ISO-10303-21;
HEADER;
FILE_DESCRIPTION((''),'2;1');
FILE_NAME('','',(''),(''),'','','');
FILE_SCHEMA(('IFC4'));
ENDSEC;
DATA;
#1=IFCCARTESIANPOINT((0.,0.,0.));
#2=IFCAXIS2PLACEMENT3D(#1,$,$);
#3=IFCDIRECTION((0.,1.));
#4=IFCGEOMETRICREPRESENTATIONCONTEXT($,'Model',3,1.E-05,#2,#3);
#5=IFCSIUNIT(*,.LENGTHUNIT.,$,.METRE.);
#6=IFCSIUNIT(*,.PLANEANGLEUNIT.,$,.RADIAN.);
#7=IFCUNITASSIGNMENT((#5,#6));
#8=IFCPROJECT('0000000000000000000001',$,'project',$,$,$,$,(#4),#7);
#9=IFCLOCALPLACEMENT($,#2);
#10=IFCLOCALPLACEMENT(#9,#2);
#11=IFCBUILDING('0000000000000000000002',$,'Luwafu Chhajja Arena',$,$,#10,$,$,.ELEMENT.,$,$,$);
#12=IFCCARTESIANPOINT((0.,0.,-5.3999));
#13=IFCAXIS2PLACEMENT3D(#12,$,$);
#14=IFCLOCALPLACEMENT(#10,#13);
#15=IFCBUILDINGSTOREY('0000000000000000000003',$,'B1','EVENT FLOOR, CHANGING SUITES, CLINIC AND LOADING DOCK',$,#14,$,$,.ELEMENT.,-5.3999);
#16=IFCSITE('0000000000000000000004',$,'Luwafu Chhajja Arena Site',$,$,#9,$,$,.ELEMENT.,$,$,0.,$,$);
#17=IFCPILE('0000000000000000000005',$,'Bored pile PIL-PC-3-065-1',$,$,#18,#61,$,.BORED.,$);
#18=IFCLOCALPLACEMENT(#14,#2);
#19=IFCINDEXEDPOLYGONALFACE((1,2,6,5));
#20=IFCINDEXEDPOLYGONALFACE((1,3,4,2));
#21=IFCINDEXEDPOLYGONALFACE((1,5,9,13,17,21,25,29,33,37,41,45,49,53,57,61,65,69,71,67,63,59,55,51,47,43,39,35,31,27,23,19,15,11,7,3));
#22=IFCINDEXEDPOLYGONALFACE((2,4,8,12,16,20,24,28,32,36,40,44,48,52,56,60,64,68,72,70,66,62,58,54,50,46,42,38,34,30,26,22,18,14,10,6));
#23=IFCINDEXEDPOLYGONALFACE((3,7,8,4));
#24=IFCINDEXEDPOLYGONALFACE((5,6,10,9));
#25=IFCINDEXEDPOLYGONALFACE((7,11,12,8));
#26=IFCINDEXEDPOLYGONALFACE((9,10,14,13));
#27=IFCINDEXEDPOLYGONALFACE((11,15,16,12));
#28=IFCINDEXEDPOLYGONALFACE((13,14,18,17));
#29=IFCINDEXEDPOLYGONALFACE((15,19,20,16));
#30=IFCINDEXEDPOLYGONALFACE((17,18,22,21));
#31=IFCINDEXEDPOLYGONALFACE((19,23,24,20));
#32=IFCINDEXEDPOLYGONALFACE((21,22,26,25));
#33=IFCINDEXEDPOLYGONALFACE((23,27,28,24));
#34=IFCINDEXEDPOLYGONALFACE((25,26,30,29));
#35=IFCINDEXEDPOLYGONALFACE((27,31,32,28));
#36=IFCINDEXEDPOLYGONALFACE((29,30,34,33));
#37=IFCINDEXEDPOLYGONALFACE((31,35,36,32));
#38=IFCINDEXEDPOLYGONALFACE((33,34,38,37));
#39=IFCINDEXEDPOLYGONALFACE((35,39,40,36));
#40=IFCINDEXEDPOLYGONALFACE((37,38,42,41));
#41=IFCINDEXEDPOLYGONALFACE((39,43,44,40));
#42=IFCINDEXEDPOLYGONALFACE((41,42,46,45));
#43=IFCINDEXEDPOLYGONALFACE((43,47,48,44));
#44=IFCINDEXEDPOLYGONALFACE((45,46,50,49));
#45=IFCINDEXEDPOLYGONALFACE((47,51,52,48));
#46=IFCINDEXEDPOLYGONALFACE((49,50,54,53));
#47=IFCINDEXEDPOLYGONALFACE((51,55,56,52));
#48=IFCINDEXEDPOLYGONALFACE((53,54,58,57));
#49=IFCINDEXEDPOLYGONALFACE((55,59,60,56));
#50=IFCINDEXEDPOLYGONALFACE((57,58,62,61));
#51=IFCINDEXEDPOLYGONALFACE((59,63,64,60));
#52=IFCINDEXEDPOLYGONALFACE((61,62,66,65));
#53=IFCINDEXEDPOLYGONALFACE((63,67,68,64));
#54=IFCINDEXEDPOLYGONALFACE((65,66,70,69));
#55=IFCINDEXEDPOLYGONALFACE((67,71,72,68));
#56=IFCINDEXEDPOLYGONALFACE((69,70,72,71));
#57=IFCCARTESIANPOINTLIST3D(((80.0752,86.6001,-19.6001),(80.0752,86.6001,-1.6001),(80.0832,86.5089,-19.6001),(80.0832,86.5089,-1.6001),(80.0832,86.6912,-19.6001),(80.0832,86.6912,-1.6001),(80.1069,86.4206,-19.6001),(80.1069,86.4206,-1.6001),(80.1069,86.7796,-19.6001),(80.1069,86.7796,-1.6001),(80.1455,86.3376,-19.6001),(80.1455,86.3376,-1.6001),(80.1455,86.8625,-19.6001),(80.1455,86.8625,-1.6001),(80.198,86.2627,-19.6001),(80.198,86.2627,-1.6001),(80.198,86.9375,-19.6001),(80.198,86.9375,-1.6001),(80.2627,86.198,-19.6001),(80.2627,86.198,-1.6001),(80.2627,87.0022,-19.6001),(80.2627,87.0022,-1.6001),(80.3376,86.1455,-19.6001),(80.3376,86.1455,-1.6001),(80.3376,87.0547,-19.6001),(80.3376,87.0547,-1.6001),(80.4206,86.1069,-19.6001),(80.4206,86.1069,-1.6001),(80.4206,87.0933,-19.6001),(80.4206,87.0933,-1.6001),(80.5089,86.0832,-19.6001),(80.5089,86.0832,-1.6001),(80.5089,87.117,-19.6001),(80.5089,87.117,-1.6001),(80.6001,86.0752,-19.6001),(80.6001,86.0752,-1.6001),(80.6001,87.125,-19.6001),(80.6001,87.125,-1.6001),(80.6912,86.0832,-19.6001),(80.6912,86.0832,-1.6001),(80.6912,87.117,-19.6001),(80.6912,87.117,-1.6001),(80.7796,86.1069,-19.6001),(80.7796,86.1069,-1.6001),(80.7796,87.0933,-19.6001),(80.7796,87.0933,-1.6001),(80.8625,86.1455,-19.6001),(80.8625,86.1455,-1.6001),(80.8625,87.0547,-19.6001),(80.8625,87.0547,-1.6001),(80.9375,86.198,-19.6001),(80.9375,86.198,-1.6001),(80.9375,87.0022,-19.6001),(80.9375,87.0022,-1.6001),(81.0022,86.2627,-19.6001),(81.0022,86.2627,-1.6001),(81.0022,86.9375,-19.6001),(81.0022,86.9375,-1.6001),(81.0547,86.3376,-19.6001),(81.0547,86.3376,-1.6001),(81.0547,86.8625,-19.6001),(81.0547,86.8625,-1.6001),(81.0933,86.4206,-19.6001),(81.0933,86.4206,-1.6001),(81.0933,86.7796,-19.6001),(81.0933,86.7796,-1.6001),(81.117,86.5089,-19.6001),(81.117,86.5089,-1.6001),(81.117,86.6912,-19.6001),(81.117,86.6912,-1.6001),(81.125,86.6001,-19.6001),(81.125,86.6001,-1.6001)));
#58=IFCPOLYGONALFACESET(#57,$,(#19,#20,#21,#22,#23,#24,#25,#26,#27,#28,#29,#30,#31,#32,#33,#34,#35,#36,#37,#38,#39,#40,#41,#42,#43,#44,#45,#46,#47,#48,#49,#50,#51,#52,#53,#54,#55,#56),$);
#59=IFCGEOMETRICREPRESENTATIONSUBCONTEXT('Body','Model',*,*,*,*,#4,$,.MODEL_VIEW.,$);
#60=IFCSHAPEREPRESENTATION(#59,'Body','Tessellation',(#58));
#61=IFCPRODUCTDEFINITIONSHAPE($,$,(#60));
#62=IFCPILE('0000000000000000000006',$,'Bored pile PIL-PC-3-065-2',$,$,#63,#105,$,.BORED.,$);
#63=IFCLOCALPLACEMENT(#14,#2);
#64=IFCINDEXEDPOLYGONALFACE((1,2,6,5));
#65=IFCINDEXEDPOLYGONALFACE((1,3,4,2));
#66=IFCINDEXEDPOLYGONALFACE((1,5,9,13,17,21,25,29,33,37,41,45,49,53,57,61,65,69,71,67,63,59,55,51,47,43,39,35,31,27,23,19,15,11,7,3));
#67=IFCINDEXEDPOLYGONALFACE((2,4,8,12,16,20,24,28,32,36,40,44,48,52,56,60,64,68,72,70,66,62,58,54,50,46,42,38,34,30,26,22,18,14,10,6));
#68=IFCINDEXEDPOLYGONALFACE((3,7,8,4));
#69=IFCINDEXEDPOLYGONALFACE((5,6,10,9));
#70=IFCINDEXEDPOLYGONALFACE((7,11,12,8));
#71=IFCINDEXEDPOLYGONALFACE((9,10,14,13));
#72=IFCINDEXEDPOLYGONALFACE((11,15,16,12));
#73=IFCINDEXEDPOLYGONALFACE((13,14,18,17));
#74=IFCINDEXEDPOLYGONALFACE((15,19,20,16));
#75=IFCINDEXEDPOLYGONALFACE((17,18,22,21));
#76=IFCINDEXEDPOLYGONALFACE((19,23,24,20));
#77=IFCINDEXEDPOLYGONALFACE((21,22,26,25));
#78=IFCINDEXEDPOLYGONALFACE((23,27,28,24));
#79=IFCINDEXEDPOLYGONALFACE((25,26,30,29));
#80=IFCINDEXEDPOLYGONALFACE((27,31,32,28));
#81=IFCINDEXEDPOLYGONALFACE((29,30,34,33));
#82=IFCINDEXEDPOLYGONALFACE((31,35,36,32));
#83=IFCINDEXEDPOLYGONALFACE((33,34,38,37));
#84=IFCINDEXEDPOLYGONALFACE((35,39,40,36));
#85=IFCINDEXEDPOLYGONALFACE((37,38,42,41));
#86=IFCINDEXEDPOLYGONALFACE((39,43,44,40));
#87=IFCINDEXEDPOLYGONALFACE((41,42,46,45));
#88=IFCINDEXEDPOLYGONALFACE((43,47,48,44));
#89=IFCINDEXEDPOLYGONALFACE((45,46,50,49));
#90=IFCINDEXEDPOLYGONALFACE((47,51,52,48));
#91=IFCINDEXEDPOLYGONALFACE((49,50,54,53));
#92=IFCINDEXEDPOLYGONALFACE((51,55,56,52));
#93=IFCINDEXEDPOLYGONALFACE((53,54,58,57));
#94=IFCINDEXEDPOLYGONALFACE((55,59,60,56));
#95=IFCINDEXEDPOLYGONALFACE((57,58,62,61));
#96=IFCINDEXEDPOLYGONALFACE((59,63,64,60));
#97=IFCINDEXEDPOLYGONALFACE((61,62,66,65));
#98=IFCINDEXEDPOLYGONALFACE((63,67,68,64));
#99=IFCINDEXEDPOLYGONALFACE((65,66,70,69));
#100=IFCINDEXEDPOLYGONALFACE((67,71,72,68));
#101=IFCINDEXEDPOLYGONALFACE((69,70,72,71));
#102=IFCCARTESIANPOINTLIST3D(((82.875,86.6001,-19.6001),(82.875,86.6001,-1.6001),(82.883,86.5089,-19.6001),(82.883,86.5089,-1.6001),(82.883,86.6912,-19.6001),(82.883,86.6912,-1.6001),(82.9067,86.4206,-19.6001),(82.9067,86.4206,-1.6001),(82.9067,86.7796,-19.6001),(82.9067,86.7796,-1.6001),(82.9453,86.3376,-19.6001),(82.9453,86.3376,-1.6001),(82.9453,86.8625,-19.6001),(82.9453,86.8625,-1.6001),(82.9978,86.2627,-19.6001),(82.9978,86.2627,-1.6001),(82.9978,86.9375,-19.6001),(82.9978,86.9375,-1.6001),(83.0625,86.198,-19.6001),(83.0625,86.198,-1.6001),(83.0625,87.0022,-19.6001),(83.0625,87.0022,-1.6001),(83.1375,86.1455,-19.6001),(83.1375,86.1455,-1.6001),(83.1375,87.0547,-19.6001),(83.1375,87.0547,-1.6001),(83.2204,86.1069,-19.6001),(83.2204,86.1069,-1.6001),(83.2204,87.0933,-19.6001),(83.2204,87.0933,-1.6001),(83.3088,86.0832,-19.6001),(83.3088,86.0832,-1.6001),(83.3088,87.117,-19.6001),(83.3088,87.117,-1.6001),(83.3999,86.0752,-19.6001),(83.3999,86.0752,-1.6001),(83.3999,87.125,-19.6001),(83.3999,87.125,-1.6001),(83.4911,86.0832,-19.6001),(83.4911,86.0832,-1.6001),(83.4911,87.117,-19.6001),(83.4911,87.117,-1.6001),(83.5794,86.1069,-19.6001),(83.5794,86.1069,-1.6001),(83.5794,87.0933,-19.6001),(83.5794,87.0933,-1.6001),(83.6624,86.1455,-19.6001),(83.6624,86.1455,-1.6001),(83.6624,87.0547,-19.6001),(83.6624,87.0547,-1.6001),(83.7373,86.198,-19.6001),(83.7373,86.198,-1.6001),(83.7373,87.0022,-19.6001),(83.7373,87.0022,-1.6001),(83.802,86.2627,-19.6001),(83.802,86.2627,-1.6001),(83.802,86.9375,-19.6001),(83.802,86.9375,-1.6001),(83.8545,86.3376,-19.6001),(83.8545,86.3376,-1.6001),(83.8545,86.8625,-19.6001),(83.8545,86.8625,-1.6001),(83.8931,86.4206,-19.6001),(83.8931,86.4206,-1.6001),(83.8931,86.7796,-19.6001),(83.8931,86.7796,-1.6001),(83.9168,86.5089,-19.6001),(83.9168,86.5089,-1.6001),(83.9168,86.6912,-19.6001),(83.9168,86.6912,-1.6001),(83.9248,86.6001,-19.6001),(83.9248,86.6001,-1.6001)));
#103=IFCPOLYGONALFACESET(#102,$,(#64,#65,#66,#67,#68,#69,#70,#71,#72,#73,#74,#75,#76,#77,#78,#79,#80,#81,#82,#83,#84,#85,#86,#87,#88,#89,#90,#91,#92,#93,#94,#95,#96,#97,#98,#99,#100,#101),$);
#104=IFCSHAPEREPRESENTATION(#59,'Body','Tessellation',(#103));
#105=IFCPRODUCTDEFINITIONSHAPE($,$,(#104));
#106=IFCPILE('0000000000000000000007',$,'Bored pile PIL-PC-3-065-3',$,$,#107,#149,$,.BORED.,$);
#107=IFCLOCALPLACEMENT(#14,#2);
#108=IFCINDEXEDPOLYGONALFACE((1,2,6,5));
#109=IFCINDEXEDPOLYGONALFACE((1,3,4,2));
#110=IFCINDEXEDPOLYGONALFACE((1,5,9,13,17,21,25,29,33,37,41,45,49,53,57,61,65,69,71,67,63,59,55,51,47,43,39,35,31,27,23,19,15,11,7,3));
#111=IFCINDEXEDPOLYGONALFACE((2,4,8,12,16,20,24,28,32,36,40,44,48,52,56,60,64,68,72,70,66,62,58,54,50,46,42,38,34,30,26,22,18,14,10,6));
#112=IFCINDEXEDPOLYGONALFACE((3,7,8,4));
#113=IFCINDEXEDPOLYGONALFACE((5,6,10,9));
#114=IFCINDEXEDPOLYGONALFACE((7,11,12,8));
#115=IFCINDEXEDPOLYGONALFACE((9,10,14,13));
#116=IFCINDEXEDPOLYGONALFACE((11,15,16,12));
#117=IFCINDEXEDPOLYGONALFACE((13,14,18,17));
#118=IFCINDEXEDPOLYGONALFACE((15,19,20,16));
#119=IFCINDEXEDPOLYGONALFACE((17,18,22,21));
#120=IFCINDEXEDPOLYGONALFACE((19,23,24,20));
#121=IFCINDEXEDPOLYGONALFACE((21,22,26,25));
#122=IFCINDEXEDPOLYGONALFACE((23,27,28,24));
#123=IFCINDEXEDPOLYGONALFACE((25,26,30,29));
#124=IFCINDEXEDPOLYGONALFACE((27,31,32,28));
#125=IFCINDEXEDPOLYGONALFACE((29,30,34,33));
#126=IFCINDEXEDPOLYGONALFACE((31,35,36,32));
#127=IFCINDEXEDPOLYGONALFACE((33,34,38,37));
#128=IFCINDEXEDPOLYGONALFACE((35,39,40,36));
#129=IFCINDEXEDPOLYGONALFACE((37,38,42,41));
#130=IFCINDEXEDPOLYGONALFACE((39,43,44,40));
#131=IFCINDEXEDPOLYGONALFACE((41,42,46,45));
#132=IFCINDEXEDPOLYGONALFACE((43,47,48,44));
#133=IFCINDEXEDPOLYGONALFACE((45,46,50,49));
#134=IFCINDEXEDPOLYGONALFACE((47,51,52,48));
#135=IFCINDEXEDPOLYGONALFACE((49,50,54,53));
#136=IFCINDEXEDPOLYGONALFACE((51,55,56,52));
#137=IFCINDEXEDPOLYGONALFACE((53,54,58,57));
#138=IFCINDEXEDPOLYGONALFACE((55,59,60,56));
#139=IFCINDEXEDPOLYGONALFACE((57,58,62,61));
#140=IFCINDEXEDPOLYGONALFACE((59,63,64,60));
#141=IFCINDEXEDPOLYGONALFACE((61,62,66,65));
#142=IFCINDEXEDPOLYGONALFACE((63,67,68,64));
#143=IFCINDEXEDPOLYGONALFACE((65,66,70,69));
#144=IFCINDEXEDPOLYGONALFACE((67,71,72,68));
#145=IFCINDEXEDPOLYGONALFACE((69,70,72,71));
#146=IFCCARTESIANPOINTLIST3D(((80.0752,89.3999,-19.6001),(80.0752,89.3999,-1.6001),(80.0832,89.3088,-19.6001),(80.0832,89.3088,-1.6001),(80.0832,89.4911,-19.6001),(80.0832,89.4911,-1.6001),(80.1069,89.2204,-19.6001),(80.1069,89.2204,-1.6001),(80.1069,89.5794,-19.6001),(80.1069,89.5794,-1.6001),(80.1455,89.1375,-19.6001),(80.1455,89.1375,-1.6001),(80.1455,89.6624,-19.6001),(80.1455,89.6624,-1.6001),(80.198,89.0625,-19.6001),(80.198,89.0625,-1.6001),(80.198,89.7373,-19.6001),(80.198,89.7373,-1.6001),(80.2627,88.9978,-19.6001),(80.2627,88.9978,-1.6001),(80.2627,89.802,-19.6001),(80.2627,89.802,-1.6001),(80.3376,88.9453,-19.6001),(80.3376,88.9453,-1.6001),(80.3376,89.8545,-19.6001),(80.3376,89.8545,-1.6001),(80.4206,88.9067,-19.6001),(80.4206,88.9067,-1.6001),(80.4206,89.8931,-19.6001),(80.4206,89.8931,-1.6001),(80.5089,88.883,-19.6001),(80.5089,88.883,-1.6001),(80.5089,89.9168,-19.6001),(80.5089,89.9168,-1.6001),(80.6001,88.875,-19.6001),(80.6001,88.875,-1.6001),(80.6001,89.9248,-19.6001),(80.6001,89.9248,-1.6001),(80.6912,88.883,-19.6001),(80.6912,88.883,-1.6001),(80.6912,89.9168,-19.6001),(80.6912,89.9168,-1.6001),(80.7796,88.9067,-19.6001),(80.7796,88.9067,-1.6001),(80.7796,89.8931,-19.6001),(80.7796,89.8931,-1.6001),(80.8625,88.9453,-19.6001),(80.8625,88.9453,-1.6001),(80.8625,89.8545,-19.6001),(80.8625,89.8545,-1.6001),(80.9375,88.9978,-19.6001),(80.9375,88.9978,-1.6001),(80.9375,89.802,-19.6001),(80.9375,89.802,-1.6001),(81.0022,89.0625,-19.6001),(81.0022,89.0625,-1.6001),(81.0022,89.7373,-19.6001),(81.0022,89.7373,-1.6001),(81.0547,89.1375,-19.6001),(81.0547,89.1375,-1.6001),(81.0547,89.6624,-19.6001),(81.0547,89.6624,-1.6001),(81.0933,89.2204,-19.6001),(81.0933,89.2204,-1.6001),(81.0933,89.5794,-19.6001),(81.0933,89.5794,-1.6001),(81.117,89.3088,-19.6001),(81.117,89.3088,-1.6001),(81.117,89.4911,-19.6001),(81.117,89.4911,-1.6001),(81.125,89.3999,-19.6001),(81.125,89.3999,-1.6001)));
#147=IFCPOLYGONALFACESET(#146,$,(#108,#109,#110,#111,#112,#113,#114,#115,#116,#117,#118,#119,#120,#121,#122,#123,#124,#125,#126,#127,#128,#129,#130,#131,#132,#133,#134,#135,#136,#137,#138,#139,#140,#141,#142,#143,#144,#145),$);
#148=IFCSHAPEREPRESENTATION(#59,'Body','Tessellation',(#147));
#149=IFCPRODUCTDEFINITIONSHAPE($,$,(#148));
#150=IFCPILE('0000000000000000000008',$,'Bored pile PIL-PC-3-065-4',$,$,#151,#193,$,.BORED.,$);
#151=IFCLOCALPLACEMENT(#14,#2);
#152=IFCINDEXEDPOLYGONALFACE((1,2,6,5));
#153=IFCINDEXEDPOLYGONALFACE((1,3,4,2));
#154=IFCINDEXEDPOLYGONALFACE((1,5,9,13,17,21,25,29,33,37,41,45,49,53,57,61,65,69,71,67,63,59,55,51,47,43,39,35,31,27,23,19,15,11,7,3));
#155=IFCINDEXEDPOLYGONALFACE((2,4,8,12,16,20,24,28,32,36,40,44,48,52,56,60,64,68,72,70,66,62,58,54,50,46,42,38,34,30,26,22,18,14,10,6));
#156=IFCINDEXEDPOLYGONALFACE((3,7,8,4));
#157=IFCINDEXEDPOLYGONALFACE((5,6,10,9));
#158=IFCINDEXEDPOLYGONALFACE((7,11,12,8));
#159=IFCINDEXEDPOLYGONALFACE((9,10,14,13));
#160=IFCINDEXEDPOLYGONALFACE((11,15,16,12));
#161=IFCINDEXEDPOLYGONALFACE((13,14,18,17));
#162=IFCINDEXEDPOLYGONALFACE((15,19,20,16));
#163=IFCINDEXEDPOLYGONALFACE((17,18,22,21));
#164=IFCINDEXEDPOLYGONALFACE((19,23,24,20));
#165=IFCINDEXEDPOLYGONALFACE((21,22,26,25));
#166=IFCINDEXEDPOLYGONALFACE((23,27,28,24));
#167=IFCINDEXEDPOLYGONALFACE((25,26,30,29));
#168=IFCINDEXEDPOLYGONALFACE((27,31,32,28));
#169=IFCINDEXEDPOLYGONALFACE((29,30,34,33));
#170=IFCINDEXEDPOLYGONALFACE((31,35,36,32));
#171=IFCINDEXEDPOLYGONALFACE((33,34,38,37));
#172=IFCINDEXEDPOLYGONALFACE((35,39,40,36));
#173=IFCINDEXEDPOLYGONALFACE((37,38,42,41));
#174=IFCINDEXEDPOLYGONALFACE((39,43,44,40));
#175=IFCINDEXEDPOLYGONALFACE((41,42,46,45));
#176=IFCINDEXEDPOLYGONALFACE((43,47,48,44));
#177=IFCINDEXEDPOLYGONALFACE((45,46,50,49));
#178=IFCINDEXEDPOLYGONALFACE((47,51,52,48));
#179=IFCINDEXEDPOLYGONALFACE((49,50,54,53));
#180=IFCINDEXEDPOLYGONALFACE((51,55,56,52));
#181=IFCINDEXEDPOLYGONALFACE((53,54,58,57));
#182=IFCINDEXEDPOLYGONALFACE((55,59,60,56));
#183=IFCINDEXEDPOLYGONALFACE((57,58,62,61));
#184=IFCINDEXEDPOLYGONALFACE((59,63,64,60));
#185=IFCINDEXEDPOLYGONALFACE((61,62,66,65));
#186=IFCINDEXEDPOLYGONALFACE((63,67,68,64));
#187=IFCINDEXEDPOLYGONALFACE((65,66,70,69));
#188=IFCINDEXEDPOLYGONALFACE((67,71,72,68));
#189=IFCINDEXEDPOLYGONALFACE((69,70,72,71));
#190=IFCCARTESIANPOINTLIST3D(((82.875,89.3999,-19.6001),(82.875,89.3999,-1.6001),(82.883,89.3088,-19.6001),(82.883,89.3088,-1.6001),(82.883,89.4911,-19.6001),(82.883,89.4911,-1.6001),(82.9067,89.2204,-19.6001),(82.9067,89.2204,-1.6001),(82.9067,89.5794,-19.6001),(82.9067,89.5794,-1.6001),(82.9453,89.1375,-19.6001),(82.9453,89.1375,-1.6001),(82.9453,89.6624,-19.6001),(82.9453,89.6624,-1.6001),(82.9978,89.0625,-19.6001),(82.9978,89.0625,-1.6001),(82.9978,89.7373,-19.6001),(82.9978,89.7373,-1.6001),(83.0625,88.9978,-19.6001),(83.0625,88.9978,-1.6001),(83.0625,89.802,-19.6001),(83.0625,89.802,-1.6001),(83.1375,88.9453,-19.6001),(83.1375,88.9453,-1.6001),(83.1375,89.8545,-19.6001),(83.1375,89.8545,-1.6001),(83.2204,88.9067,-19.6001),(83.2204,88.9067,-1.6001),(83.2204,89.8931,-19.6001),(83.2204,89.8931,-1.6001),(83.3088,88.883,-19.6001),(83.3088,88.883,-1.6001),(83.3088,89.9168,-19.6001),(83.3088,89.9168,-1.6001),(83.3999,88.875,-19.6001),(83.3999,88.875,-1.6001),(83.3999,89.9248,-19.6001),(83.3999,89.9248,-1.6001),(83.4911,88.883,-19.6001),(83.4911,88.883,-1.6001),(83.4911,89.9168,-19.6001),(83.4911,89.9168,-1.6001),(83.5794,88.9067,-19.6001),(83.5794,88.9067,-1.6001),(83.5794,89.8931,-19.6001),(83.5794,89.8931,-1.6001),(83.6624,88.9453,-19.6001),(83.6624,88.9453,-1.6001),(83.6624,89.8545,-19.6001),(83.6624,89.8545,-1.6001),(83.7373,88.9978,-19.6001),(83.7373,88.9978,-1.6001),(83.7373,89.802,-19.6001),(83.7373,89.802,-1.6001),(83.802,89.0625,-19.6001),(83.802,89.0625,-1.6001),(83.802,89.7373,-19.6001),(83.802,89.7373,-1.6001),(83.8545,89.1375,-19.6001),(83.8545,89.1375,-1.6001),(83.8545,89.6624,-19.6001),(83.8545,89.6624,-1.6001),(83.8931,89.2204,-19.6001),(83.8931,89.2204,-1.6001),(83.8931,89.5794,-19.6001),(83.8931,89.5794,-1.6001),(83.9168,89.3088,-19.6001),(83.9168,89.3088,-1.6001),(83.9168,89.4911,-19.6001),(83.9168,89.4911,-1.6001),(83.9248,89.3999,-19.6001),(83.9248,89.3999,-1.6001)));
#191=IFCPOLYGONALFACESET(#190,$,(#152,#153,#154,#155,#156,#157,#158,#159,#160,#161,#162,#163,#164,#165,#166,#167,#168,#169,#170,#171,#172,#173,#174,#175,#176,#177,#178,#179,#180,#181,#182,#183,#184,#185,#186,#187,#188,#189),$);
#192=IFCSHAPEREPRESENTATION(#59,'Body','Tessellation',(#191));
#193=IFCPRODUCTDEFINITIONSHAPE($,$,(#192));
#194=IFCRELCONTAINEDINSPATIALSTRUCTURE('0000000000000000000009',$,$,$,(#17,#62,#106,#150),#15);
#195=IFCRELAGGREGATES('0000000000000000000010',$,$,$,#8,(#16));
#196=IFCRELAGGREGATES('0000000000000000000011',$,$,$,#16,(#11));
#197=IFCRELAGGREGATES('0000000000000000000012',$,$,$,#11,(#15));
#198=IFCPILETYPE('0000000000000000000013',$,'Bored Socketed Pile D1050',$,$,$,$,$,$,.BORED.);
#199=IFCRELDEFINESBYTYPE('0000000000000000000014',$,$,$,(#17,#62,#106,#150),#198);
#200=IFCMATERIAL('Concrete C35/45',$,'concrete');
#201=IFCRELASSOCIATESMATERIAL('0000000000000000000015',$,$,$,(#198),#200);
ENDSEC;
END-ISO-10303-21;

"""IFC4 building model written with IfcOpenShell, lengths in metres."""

from ifc_helpers import new_model, si_unit, direction, frame, origin, origin_2d, place, context, subcontext, project, spatial, circle, extrude, material, material_profile, profile_set, type_object, element, save


model = new_model("IFC4")

# Units and contexts
model_context = context("Model", 3, precision=1e-05, world=origin(), true_north=direction((0.0, 1.0)))
body_context = subcontext(model_context, "Body", "Model", "MODEL_VIEW")
ifc_project = project(units=[si_unit("LENGTHUNIT", "METRE"), si_unit("PLANEANGLEUNIT", "RADIAN")], contexts=[model_context])

# Site, building, storey
site_placement = place(None, origin())
site = spatial("IfcSite", under=ifc_project, at=site_placement, Name="Luwafu Chhajja Arena Site", CompositionType="ELEMENT", RefElevation=0.0)
building_placement = place(site_placement, origin())
building = spatial("IfcBuilding", under=site, at=building_placement, Name="Luwafu Chhajja Arena", CompositionType="ELEMENT")
storey_placement = place(building_placement, frame((0.0, 0.0, -5.3999)))
storey = spatial("IfcBuildingStorey", under=building, at=storey_placement, Name="B1", Description="EVENT FLOOR, CHANGING SUITES, CLINIC AND LOADING DOCK", CompositionType="ELEMENT", Elevation=-5.3999)

# Piles
ifc_material_1 = material(Name="Concrete C35/45", Category="concrete")
ifc_material_profile_1 = material_profile(ifc_material_1, circle(Radius=0.5249, at=origin_2d()), Name="PILE D1050")
ifc_profile_set_1 = profile_set([ifc_material_profile_1], Name="Concrete C35/45")
pile_type_1 = type_object("IfcPileType", Name="Bored Socketed Pile D1050", PredefinedType="BORED", material=ifc_profile_set_1)
for number, where, z_axis, x_axis, name in (
    (1, (80.6001, 86.6001, -1.6001), (0.0, 0.0, -1.0), (1.0, 0.0, 0.0), "Bored pile PIL-PC-3-065-1"),
    (2, (83.3999, 86.6001, -1.6001), (0.0, 0.0, -1.0), (1.0, 0.0, 0.0), "Bored pile PIL-PC-3-065-2"),
    (3, (80.6001, 89.3999, -1.6001), (0.0, 0.0, -1.0), (1.0, 0.0, 0.0), "Bored pile PIL-PC-3-065-3"),
    (4, (83.3999, 89.3999, -1.6001), (0.0, 0.0, -1.0), (1.0, 0.0, 0.0), "Bored pile PIL-PC-3-065-4"),
):
    element("IfcPile", number, at=place(storey_placement, frame(where, z_axis=z_axis, x_axis=x_axis)), inside=storey, type_object=pile_type_1, Name=name, PredefinedType="BORED", context=body_context, shape_type="SweptSolid", body=[
        extrude(circle(Radius=0.5249, at=origin_2d()), origin(), (0.0, 0.0, 1.0), 18.0),
    ])

save(model, "model.ifc")
